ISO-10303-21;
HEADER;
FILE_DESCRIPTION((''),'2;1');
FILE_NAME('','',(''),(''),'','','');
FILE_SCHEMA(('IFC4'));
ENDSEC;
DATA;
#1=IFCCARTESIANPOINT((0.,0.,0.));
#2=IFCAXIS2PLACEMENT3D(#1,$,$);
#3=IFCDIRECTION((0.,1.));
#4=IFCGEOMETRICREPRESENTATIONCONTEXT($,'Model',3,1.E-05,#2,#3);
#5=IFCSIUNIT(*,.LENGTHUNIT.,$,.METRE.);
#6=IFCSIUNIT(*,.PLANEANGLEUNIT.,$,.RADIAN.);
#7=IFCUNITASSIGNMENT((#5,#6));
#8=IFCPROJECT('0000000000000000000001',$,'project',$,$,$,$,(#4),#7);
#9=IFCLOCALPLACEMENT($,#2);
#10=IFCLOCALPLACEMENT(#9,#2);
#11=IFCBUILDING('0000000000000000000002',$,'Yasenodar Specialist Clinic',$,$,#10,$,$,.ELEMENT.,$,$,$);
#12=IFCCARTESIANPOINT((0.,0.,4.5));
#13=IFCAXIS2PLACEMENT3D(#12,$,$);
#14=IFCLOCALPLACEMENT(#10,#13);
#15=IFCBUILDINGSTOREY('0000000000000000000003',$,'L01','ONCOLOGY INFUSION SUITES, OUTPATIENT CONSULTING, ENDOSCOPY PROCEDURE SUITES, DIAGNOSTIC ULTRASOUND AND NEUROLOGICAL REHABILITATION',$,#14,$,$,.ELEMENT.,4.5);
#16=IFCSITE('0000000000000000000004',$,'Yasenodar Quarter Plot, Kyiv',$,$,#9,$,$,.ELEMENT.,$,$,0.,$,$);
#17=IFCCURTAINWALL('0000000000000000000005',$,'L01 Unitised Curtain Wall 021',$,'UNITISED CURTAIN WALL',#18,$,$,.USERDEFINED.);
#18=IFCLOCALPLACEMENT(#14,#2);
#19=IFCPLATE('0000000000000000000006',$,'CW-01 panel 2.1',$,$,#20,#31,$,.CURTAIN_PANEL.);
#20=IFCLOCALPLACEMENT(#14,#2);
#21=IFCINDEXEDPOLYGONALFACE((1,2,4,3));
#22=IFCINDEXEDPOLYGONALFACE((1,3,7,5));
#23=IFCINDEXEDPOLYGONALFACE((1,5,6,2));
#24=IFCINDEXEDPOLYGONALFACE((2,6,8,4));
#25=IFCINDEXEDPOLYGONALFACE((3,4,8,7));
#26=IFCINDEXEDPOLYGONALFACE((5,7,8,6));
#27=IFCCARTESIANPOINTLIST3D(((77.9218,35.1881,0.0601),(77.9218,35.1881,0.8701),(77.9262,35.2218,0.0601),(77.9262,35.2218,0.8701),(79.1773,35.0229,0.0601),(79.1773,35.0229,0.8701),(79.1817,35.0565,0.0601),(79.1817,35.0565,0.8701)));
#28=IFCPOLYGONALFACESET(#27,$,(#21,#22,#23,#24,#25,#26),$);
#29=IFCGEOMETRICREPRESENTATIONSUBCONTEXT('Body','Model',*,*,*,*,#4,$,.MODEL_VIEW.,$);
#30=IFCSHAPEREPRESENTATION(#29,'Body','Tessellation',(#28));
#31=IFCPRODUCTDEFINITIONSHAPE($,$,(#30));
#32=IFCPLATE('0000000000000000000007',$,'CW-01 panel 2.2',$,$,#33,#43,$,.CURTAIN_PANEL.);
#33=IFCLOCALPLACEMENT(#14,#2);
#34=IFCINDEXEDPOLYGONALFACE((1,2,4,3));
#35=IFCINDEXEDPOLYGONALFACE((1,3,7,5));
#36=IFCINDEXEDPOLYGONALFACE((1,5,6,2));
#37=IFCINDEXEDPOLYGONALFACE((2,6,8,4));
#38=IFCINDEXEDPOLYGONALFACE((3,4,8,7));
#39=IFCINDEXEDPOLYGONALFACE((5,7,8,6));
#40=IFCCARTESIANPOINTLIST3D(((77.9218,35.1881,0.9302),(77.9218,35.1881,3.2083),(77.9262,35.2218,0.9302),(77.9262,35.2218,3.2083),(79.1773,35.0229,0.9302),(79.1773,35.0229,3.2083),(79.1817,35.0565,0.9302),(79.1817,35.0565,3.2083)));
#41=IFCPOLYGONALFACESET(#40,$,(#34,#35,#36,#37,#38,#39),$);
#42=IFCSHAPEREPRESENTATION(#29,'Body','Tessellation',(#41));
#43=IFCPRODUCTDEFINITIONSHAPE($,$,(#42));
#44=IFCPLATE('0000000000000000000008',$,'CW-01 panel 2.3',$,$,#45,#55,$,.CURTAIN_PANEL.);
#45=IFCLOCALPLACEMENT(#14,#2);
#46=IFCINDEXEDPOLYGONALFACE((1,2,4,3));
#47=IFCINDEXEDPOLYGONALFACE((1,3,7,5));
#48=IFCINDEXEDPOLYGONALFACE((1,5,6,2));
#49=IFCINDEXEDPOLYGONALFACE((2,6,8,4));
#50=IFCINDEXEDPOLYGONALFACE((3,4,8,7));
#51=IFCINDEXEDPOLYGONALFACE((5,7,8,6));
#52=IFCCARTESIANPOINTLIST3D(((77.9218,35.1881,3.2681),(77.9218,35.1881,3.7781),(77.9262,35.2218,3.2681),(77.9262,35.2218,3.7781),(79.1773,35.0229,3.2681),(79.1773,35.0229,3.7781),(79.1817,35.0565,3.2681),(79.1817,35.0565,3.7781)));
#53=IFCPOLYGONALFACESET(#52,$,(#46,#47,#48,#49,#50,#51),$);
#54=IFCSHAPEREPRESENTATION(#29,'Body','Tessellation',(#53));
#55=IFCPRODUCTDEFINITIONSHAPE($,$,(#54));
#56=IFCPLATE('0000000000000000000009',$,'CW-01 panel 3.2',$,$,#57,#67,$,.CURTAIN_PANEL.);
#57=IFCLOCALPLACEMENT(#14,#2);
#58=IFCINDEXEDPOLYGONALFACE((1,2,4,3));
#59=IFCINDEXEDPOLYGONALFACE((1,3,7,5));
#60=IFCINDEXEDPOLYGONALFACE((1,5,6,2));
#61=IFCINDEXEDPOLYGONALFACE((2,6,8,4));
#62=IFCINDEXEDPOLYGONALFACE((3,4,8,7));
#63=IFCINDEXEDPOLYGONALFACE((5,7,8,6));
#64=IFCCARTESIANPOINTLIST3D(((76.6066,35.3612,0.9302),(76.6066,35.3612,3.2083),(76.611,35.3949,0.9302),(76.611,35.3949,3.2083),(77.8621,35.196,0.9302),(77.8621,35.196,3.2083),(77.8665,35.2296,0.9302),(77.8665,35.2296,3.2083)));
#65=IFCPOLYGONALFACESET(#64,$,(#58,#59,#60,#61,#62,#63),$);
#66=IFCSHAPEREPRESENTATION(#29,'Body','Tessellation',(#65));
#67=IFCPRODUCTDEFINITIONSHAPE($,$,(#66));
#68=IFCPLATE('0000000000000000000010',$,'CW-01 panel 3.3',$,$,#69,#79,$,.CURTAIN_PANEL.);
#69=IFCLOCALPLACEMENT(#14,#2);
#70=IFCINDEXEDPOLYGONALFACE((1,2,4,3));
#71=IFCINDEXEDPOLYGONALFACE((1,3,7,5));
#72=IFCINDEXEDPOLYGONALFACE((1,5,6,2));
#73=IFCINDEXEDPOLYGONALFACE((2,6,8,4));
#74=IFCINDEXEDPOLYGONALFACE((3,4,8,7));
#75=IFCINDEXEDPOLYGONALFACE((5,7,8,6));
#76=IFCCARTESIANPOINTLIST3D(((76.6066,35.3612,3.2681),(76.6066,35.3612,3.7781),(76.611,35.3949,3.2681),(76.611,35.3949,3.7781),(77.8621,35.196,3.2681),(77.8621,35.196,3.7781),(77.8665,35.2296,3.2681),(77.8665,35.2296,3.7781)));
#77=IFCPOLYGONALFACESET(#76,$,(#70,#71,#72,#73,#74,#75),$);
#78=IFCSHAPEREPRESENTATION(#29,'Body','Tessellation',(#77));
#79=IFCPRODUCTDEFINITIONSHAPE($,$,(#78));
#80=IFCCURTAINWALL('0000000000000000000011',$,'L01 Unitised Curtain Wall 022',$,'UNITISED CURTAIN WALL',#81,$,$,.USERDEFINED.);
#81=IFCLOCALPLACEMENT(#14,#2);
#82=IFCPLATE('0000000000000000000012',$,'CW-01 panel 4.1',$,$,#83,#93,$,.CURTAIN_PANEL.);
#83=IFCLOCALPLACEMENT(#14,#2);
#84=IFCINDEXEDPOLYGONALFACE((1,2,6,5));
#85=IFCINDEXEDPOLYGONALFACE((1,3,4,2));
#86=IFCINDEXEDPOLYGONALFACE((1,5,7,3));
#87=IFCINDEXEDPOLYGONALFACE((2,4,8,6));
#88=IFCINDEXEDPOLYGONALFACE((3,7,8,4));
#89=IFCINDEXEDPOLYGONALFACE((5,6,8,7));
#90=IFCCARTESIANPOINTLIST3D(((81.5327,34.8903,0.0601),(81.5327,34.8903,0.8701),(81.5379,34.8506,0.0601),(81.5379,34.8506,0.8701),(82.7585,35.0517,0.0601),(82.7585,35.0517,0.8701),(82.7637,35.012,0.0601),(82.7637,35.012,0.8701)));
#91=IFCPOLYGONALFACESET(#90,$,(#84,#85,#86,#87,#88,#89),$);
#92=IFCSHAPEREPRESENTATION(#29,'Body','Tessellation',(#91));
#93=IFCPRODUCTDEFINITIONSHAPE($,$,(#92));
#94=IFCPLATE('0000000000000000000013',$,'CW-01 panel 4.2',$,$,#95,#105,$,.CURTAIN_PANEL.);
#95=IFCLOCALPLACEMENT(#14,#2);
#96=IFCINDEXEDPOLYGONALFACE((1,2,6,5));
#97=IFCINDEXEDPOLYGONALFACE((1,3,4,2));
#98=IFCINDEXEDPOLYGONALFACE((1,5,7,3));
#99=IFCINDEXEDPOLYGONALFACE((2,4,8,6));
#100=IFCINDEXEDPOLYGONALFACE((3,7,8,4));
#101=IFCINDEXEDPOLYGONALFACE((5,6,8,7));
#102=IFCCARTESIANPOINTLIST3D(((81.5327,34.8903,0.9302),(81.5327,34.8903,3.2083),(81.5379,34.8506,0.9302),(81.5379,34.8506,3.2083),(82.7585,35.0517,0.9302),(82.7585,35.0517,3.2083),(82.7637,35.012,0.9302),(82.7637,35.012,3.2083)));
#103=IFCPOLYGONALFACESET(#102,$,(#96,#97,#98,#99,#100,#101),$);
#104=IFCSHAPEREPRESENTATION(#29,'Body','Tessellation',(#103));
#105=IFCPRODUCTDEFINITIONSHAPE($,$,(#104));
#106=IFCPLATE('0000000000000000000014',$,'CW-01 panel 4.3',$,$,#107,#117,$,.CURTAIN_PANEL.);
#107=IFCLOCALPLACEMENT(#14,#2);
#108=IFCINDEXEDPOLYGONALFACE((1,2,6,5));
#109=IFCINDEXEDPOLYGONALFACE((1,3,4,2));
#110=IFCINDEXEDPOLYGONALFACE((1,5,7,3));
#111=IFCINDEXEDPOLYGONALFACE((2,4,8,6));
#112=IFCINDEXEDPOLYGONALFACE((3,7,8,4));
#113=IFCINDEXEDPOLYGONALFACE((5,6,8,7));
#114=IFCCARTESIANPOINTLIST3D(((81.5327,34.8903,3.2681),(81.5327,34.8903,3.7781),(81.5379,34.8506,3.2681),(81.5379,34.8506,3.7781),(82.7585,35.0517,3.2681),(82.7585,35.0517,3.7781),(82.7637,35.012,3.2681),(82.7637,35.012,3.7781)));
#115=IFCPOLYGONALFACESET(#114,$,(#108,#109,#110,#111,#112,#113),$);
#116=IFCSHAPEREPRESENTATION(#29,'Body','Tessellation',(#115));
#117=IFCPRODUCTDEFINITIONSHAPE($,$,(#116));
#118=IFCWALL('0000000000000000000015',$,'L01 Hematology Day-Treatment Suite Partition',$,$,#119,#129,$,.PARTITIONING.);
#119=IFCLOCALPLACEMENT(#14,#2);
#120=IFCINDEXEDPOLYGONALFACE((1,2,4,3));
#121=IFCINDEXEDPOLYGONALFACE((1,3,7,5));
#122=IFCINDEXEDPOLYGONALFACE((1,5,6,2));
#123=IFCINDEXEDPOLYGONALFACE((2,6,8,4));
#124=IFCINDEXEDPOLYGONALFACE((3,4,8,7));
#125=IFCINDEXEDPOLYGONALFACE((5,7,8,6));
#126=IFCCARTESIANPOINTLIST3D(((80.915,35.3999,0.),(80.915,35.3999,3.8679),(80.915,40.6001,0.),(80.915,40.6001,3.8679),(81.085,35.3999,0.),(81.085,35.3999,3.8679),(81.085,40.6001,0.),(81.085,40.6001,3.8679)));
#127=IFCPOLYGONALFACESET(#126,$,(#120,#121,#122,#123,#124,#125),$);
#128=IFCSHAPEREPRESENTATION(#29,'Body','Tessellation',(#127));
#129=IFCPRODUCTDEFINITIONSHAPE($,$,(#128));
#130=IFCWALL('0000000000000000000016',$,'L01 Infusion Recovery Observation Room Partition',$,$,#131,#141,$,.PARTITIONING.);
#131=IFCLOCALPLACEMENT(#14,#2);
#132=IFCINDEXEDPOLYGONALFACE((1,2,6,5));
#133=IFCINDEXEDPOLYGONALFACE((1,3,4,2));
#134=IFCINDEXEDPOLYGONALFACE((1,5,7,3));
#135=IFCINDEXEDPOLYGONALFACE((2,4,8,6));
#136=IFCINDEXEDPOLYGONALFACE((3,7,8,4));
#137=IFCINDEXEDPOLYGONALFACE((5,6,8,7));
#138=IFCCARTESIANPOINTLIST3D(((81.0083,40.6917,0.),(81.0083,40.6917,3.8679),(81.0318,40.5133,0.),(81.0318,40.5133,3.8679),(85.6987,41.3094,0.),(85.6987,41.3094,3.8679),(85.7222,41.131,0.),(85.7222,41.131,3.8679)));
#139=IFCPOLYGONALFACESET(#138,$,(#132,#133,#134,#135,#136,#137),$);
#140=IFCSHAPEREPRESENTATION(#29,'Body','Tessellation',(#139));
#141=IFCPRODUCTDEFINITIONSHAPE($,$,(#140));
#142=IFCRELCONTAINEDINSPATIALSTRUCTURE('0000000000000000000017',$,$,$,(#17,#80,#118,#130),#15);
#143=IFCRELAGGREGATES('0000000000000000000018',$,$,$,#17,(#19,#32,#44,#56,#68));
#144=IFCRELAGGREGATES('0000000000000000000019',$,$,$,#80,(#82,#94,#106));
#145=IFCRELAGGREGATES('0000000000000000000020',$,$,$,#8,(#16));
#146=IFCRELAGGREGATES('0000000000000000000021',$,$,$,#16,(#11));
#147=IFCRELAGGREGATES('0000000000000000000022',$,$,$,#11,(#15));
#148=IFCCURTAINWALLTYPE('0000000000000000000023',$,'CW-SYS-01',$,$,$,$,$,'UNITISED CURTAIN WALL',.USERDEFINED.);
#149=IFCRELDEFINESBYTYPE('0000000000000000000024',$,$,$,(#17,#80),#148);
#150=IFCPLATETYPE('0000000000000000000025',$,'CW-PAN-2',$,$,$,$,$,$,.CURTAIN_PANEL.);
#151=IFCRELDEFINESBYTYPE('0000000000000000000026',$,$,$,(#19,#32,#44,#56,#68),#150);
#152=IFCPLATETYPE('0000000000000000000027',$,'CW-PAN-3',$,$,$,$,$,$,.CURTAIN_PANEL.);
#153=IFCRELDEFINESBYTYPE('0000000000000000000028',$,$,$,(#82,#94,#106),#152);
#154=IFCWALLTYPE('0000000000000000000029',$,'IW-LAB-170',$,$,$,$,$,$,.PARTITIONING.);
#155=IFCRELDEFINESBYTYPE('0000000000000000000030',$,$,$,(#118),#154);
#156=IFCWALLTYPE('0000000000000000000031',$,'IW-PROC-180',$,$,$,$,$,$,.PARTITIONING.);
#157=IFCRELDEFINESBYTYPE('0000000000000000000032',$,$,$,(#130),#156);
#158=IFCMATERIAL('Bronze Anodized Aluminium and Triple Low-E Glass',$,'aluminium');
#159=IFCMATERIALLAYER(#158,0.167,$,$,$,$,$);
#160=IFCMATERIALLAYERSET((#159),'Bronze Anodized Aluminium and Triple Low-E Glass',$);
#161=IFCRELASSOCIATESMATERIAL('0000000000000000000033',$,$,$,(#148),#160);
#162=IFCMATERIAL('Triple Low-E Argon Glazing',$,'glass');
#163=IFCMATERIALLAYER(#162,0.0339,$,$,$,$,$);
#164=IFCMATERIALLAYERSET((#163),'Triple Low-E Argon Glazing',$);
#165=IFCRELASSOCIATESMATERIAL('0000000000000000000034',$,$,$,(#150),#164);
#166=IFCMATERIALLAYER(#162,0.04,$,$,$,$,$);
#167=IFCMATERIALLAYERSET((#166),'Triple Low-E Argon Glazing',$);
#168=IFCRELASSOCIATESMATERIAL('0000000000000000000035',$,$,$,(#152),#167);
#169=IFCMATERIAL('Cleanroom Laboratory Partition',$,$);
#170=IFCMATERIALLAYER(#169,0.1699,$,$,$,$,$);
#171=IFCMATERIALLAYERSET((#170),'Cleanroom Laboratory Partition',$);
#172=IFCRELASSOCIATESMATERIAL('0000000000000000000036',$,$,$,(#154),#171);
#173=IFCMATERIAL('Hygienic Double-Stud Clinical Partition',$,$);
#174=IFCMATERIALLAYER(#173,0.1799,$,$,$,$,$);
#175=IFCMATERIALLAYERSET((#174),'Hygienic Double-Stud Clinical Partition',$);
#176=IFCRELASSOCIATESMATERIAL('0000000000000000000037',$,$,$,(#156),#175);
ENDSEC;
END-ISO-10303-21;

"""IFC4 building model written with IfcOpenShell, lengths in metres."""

from ifc_helpers import new_model, si_unit, direction, frame, frame_2d, origin, origin_2d, place, context, subcontext, project, spatial, rectangle, extrude, material, layer, layer_set, type_object, element, aggregate, save


model = new_model("IFC4")

# Units and contexts
model_context = context("Model", 3, precision=1e-05, world=origin(), true_north=direction((0.0, 1.0)))
body_context = subcontext(model_context, "Body", "Model", "MODEL_VIEW")
ifc_project = project(units=[si_unit("LENGTHUNIT", "METRE"), si_unit("PLANEANGLEUNIT", "RADIAN")], contexts=[model_context])

# Site, building, storey
site_placement = place(None, origin())
site = spatial("IfcSite", under=ifc_project, at=site_placement, Name="Yasenodar Quarter Plot, Kyiv", CompositionType="ELEMENT", RefElevation=0.0)
building_placement = place(site_placement, origin())
building = spatial("IfcBuilding", under=site, at=building_placement, Name="Yasenodar Specialist Clinic", CompositionType="ELEMENT")
storey_placement = place(building_placement, frame((0.0, 0.0, 4.5)))
storey = spatial("IfcBuildingStorey", under=building, at=storey_placement, Name="L01", Description="ONCOLOGY INFUSION SUITES, OUTPATIENT CONSULTING, ENDOSCOPY PROCEDURE SUITES, DIAGNOSTIC ULTRASOUND AND NEUROLOGICAL REHABILITATION", CompositionType="ELEMENT", Elevation=4.5)

# Curtain wall, plates
ifc_material_1 = material(Name="Bronze Anodized Aluminium and Triple Low-E Glass", Category="aluminium")
ifc_layer_1 = layer(ifc_material_1, 0.167)
ifc_layer_set_1 = layer_set([ifc_layer_1], Name="Bronze Anodized Aluminium and Triple Low-E Glass")
curtain_wall_type = type_object("IfcCurtainWallType", Name="CW-SYS-01", ElementType="UNITISED CURTAIN WALL", PredefinedType="USERDEFINED", material=ifc_layer_set_1)
curtain_wall_1_placement = place(storey_placement, origin())
curtain_wall_1 = element("IfcCurtainWall", 1, at=curtain_wall_1_placement, inside=storey, type_object=curtain_wall_type, Name="L01 Unitised Curtain Wall 021", ObjectType="UNITISED CURTAIN WALL", PredefinedType="USERDEFINED")
ifc_material_2 = material(Name="Triple Low-E Argon Glazing", Category="glass")
ifc_layer_2 = layer(ifc_material_2, 0.0339)
ifc_layer_set_2 = layer_set([ifc_layer_2], Name="Triple Low-E Argon Glazing")
plate_type_1 = type_object("IfcPlateType", Name="CW-PAN-2", PredefinedType="CURTAIN_PANEL", material=ifc_layer_set_2)
plate_1_placement = place(storey_placement, frame((78.5518, 35.1223, 0.0601), z_axis=(0.0, 0.0, 1.0), x_axis=(-0.991447, 0.130512, 0.0)))
plate_1 = element("IfcPlate", 2, at=plate_1_placement, type_object=plate_type_1, Name="CW-01 panel 2.1", PredefinedType="CURTAIN_PANEL", context=body_context, shape_type="SweptSolid", body=[
    extrude(rectangle(XDim=1.2664, YDim=0.0339, at=origin_2d()), origin(), (0.0, 0.0, 1.0), 0.8101),
])
plate_2_placement = place(storey_placement, frame((78.5518, 35.1223, 0.9302), z_axis=(0.0, 0.0, 1.0), x_axis=(-0.991447, 0.130512, 0.0)))
plate_2 = element("IfcPlate", 3, at=plate_2_placement, type_object=plate_type_1, Name="CW-01 panel 2.2", PredefinedType="CURTAIN_PANEL", context=body_context, shape_type="SweptSolid", body=[
    extrude(rectangle(XDim=1.2664, YDim=0.0339, at=origin_2d()), origin(), (0.0, 0.0, 1.0), 2.2781),
])
plate_3_placement = place(storey_placement, frame((78.5518, 35.1223, 3.2681), z_axis=(0.0, 0.0, 1.0), x_axis=(-0.991447, 0.130512, 0.0)))
plate_3 = element("IfcPlate", 4, at=plate_3_placement, type_object=plate_type_1, Name="CW-01 panel 2.3", PredefinedType="CURTAIN_PANEL", context=body_context, shape_type="SweptSolid", body=[
    extrude(rectangle(XDim=1.2664, YDim=0.0339, at=origin_2d()), origin(), (0.0, 0.0, 1.0), 0.51),
])
plate_4_placement = place(storey_placement, frame((77.2366, 35.2954, 0.9302), z_axis=(0.0, 0.0, 1.0), x_axis=(-0.991447, 0.130512, 0.0)))
plate_4 = element("IfcPlate", 5, at=plate_4_placement, type_object=plate_type_1, Name="CW-01 panel 3.2", PredefinedType="CURTAIN_PANEL", context=body_context, shape_type="SweptSolid", body=[
    extrude(rectangle(XDim=1.2664, YDim=0.0339, at=origin_2d()), origin(), (0.0, 0.0, 1.0), 2.2781),
])
plate_5_placement = place(storey_placement, frame((77.2366, 35.2954, 3.2681), z_axis=(0.0, 0.0, 1.0), x_axis=(-0.991447, 0.130512, 0.0)))
plate_5 = element("IfcPlate", 6, at=plate_5_placement, type_object=plate_type_1, Name="CW-01 panel 3.3", PredefinedType="CURTAIN_PANEL", context=body_context, shape_type="SweptSolid", body=[
    extrude(rectangle(XDim=1.2664, YDim=0.0339, at=origin_2d()), origin(), (0.0, 0.0, 1.0), 0.51),
])
aggregate(curtain_wall_1, [plate_1, plate_2, plate_3, plate_4, plate_5])

# Curtain wall, plates
curtain_wall_2_placement = place(storey_placement, origin())
curtain_wall_2 = element("IfcCurtainWall", 7, at=curtain_wall_2_placement, inside=storey, type_object=curtain_wall_type, Name="L01 Unitised Curtain Wall 022", ObjectType="UNITISED CURTAIN WALL", PredefinedType="USERDEFINED")
ifc_layer_3 = layer(ifc_material_2, 0.04)
ifc_layer_set_3 = layer_set([ifc_layer_3], Name="Triple Low-E Argon Glazing")
plate_type_2 = type_object("IfcPlateType", Name="CW-PAN-3", PredefinedType="CURTAIN_PANEL", material=ifc_layer_set_3)
plate_6_placement = place(storey_placement, frame((82.1482, 34.9512, 0.0601), z_axis=(0.0, 0.0, 1.0), x_axis=(-0.991447, -0.130512, 0.0)))
plate_6 = element("IfcPlate", 8, at=plate_6_placement, type_object=plate_type_2, Name="CW-01 panel 4.1", PredefinedType="CURTAIN_PANEL", context=body_context, shape_type="SweptSolid", body=[
    extrude(rectangle(XDim=1.2363, YDim=0.04, at=origin_2d()), origin(), (0.0, 0.0, 1.0), 0.8101),
])
plate_7_placement = place(storey_placement, frame((82.1482, 34.9512, 0.9302), z_axis=(0.0, 0.0, 1.0), x_axis=(-0.991447, -0.130512, 0.0)))
plate_7 = element("IfcPlate", 9, at=plate_7_placement, type_object=plate_type_2, Name="CW-01 panel 4.2", PredefinedType="CURTAIN_PANEL", context=body_context, shape_type="SweptSolid", body=[
    extrude(rectangle(XDim=1.2363, YDim=0.04, at=origin_2d()), origin(), (0.0, 0.0, 1.0), 2.2781),
])
plate_8_placement = place(storey_placement, frame((82.1482, 34.9512, 3.2681), z_axis=(0.0, 0.0, 1.0), x_axis=(-0.991447, -0.130512, 0.0)))
plate_8 = element("IfcPlate", 10, at=plate_8_placement, type_object=plate_type_2, Name="CW-01 panel 4.3", PredefinedType="CURTAIN_PANEL", context=body_context, shape_type="SweptSolid", body=[
    extrude(rectangle(XDim=1.2363, YDim=0.04, at=origin_2d()), origin(), (0.0, 0.0, 1.0), 0.51),
])
aggregate(curtain_wall_2, [plate_6, plate_7, plate_8])

# Walls
ifc_material_3 = material(Name="Cleanroom Laboratory Partition")
ifc_layer_4 = layer(ifc_material_3, 0.1699)
ifc_layer_set_4 = layer_set([ifc_layer_4], Name="Cleanroom Laboratory Partition")
wall_type_1 = type_object("IfcWallType", Name="IW-LAB-170", PredefinedType="PARTITIONING", material=ifc_layer_set_4)
wall_1_placement = place(storey_placement, frame((81.0, 40.6001, 0.0), z_axis=(0.0, 0.0, 1.0), x_axis=(0.0, -1.0, 0.0)))
element("IfcWall", 11, at=wall_1_placement, inside=storey, type_object=wall_type_1, Name="L01 Hematology Day-Treatment Suite Partition", PredefinedType="PARTITIONING", context=body_context, shape_type="SweptSolid", body=[
    extrude(rectangle(XDim=5.2002, YDim=0.1699, at=frame_2d((2.6001, 0.0))), origin(), (0.0, 0.0, 1.0), 3.8679),
])
ifc_material_4 = material(Name="Hygienic Double-Stud Clinical Partition")
ifc_layer_5 = layer(ifc_material_4, 0.1799)
ifc_layer_set_5 = layer_set([ifc_layer_5], Name="Hygienic Double-Stud Clinical Partition")
wall_type_2 = type_object("IfcWallType", Name="IW-PROC-180", PredefinedType="PARTITIONING", material=ifc_layer_set_5)
wall_2_placement = place(storey_placement, frame((81.02, 40.6025, 0.0), z_axis=(0.0, 0.0, 1.0), x_axis=(0.99144, 0.130561, 0.0)))
element("IfcWall", 12, at=wall_2_placement, inside=storey, type_object=wall_type_2, Name="L01 Infusion Recovery Observation Room Partition", PredefinedType="PARTITIONING", context=body_context, shape_type="SweptSolid", body=[
    extrude(rectangle(XDim=4.731, YDim=0.1799, at=frame_2d((2.3655, 0.0))), origin(), (0.0, 0.0, 1.0), 3.8679),
])

save(model, "model.ifc")
